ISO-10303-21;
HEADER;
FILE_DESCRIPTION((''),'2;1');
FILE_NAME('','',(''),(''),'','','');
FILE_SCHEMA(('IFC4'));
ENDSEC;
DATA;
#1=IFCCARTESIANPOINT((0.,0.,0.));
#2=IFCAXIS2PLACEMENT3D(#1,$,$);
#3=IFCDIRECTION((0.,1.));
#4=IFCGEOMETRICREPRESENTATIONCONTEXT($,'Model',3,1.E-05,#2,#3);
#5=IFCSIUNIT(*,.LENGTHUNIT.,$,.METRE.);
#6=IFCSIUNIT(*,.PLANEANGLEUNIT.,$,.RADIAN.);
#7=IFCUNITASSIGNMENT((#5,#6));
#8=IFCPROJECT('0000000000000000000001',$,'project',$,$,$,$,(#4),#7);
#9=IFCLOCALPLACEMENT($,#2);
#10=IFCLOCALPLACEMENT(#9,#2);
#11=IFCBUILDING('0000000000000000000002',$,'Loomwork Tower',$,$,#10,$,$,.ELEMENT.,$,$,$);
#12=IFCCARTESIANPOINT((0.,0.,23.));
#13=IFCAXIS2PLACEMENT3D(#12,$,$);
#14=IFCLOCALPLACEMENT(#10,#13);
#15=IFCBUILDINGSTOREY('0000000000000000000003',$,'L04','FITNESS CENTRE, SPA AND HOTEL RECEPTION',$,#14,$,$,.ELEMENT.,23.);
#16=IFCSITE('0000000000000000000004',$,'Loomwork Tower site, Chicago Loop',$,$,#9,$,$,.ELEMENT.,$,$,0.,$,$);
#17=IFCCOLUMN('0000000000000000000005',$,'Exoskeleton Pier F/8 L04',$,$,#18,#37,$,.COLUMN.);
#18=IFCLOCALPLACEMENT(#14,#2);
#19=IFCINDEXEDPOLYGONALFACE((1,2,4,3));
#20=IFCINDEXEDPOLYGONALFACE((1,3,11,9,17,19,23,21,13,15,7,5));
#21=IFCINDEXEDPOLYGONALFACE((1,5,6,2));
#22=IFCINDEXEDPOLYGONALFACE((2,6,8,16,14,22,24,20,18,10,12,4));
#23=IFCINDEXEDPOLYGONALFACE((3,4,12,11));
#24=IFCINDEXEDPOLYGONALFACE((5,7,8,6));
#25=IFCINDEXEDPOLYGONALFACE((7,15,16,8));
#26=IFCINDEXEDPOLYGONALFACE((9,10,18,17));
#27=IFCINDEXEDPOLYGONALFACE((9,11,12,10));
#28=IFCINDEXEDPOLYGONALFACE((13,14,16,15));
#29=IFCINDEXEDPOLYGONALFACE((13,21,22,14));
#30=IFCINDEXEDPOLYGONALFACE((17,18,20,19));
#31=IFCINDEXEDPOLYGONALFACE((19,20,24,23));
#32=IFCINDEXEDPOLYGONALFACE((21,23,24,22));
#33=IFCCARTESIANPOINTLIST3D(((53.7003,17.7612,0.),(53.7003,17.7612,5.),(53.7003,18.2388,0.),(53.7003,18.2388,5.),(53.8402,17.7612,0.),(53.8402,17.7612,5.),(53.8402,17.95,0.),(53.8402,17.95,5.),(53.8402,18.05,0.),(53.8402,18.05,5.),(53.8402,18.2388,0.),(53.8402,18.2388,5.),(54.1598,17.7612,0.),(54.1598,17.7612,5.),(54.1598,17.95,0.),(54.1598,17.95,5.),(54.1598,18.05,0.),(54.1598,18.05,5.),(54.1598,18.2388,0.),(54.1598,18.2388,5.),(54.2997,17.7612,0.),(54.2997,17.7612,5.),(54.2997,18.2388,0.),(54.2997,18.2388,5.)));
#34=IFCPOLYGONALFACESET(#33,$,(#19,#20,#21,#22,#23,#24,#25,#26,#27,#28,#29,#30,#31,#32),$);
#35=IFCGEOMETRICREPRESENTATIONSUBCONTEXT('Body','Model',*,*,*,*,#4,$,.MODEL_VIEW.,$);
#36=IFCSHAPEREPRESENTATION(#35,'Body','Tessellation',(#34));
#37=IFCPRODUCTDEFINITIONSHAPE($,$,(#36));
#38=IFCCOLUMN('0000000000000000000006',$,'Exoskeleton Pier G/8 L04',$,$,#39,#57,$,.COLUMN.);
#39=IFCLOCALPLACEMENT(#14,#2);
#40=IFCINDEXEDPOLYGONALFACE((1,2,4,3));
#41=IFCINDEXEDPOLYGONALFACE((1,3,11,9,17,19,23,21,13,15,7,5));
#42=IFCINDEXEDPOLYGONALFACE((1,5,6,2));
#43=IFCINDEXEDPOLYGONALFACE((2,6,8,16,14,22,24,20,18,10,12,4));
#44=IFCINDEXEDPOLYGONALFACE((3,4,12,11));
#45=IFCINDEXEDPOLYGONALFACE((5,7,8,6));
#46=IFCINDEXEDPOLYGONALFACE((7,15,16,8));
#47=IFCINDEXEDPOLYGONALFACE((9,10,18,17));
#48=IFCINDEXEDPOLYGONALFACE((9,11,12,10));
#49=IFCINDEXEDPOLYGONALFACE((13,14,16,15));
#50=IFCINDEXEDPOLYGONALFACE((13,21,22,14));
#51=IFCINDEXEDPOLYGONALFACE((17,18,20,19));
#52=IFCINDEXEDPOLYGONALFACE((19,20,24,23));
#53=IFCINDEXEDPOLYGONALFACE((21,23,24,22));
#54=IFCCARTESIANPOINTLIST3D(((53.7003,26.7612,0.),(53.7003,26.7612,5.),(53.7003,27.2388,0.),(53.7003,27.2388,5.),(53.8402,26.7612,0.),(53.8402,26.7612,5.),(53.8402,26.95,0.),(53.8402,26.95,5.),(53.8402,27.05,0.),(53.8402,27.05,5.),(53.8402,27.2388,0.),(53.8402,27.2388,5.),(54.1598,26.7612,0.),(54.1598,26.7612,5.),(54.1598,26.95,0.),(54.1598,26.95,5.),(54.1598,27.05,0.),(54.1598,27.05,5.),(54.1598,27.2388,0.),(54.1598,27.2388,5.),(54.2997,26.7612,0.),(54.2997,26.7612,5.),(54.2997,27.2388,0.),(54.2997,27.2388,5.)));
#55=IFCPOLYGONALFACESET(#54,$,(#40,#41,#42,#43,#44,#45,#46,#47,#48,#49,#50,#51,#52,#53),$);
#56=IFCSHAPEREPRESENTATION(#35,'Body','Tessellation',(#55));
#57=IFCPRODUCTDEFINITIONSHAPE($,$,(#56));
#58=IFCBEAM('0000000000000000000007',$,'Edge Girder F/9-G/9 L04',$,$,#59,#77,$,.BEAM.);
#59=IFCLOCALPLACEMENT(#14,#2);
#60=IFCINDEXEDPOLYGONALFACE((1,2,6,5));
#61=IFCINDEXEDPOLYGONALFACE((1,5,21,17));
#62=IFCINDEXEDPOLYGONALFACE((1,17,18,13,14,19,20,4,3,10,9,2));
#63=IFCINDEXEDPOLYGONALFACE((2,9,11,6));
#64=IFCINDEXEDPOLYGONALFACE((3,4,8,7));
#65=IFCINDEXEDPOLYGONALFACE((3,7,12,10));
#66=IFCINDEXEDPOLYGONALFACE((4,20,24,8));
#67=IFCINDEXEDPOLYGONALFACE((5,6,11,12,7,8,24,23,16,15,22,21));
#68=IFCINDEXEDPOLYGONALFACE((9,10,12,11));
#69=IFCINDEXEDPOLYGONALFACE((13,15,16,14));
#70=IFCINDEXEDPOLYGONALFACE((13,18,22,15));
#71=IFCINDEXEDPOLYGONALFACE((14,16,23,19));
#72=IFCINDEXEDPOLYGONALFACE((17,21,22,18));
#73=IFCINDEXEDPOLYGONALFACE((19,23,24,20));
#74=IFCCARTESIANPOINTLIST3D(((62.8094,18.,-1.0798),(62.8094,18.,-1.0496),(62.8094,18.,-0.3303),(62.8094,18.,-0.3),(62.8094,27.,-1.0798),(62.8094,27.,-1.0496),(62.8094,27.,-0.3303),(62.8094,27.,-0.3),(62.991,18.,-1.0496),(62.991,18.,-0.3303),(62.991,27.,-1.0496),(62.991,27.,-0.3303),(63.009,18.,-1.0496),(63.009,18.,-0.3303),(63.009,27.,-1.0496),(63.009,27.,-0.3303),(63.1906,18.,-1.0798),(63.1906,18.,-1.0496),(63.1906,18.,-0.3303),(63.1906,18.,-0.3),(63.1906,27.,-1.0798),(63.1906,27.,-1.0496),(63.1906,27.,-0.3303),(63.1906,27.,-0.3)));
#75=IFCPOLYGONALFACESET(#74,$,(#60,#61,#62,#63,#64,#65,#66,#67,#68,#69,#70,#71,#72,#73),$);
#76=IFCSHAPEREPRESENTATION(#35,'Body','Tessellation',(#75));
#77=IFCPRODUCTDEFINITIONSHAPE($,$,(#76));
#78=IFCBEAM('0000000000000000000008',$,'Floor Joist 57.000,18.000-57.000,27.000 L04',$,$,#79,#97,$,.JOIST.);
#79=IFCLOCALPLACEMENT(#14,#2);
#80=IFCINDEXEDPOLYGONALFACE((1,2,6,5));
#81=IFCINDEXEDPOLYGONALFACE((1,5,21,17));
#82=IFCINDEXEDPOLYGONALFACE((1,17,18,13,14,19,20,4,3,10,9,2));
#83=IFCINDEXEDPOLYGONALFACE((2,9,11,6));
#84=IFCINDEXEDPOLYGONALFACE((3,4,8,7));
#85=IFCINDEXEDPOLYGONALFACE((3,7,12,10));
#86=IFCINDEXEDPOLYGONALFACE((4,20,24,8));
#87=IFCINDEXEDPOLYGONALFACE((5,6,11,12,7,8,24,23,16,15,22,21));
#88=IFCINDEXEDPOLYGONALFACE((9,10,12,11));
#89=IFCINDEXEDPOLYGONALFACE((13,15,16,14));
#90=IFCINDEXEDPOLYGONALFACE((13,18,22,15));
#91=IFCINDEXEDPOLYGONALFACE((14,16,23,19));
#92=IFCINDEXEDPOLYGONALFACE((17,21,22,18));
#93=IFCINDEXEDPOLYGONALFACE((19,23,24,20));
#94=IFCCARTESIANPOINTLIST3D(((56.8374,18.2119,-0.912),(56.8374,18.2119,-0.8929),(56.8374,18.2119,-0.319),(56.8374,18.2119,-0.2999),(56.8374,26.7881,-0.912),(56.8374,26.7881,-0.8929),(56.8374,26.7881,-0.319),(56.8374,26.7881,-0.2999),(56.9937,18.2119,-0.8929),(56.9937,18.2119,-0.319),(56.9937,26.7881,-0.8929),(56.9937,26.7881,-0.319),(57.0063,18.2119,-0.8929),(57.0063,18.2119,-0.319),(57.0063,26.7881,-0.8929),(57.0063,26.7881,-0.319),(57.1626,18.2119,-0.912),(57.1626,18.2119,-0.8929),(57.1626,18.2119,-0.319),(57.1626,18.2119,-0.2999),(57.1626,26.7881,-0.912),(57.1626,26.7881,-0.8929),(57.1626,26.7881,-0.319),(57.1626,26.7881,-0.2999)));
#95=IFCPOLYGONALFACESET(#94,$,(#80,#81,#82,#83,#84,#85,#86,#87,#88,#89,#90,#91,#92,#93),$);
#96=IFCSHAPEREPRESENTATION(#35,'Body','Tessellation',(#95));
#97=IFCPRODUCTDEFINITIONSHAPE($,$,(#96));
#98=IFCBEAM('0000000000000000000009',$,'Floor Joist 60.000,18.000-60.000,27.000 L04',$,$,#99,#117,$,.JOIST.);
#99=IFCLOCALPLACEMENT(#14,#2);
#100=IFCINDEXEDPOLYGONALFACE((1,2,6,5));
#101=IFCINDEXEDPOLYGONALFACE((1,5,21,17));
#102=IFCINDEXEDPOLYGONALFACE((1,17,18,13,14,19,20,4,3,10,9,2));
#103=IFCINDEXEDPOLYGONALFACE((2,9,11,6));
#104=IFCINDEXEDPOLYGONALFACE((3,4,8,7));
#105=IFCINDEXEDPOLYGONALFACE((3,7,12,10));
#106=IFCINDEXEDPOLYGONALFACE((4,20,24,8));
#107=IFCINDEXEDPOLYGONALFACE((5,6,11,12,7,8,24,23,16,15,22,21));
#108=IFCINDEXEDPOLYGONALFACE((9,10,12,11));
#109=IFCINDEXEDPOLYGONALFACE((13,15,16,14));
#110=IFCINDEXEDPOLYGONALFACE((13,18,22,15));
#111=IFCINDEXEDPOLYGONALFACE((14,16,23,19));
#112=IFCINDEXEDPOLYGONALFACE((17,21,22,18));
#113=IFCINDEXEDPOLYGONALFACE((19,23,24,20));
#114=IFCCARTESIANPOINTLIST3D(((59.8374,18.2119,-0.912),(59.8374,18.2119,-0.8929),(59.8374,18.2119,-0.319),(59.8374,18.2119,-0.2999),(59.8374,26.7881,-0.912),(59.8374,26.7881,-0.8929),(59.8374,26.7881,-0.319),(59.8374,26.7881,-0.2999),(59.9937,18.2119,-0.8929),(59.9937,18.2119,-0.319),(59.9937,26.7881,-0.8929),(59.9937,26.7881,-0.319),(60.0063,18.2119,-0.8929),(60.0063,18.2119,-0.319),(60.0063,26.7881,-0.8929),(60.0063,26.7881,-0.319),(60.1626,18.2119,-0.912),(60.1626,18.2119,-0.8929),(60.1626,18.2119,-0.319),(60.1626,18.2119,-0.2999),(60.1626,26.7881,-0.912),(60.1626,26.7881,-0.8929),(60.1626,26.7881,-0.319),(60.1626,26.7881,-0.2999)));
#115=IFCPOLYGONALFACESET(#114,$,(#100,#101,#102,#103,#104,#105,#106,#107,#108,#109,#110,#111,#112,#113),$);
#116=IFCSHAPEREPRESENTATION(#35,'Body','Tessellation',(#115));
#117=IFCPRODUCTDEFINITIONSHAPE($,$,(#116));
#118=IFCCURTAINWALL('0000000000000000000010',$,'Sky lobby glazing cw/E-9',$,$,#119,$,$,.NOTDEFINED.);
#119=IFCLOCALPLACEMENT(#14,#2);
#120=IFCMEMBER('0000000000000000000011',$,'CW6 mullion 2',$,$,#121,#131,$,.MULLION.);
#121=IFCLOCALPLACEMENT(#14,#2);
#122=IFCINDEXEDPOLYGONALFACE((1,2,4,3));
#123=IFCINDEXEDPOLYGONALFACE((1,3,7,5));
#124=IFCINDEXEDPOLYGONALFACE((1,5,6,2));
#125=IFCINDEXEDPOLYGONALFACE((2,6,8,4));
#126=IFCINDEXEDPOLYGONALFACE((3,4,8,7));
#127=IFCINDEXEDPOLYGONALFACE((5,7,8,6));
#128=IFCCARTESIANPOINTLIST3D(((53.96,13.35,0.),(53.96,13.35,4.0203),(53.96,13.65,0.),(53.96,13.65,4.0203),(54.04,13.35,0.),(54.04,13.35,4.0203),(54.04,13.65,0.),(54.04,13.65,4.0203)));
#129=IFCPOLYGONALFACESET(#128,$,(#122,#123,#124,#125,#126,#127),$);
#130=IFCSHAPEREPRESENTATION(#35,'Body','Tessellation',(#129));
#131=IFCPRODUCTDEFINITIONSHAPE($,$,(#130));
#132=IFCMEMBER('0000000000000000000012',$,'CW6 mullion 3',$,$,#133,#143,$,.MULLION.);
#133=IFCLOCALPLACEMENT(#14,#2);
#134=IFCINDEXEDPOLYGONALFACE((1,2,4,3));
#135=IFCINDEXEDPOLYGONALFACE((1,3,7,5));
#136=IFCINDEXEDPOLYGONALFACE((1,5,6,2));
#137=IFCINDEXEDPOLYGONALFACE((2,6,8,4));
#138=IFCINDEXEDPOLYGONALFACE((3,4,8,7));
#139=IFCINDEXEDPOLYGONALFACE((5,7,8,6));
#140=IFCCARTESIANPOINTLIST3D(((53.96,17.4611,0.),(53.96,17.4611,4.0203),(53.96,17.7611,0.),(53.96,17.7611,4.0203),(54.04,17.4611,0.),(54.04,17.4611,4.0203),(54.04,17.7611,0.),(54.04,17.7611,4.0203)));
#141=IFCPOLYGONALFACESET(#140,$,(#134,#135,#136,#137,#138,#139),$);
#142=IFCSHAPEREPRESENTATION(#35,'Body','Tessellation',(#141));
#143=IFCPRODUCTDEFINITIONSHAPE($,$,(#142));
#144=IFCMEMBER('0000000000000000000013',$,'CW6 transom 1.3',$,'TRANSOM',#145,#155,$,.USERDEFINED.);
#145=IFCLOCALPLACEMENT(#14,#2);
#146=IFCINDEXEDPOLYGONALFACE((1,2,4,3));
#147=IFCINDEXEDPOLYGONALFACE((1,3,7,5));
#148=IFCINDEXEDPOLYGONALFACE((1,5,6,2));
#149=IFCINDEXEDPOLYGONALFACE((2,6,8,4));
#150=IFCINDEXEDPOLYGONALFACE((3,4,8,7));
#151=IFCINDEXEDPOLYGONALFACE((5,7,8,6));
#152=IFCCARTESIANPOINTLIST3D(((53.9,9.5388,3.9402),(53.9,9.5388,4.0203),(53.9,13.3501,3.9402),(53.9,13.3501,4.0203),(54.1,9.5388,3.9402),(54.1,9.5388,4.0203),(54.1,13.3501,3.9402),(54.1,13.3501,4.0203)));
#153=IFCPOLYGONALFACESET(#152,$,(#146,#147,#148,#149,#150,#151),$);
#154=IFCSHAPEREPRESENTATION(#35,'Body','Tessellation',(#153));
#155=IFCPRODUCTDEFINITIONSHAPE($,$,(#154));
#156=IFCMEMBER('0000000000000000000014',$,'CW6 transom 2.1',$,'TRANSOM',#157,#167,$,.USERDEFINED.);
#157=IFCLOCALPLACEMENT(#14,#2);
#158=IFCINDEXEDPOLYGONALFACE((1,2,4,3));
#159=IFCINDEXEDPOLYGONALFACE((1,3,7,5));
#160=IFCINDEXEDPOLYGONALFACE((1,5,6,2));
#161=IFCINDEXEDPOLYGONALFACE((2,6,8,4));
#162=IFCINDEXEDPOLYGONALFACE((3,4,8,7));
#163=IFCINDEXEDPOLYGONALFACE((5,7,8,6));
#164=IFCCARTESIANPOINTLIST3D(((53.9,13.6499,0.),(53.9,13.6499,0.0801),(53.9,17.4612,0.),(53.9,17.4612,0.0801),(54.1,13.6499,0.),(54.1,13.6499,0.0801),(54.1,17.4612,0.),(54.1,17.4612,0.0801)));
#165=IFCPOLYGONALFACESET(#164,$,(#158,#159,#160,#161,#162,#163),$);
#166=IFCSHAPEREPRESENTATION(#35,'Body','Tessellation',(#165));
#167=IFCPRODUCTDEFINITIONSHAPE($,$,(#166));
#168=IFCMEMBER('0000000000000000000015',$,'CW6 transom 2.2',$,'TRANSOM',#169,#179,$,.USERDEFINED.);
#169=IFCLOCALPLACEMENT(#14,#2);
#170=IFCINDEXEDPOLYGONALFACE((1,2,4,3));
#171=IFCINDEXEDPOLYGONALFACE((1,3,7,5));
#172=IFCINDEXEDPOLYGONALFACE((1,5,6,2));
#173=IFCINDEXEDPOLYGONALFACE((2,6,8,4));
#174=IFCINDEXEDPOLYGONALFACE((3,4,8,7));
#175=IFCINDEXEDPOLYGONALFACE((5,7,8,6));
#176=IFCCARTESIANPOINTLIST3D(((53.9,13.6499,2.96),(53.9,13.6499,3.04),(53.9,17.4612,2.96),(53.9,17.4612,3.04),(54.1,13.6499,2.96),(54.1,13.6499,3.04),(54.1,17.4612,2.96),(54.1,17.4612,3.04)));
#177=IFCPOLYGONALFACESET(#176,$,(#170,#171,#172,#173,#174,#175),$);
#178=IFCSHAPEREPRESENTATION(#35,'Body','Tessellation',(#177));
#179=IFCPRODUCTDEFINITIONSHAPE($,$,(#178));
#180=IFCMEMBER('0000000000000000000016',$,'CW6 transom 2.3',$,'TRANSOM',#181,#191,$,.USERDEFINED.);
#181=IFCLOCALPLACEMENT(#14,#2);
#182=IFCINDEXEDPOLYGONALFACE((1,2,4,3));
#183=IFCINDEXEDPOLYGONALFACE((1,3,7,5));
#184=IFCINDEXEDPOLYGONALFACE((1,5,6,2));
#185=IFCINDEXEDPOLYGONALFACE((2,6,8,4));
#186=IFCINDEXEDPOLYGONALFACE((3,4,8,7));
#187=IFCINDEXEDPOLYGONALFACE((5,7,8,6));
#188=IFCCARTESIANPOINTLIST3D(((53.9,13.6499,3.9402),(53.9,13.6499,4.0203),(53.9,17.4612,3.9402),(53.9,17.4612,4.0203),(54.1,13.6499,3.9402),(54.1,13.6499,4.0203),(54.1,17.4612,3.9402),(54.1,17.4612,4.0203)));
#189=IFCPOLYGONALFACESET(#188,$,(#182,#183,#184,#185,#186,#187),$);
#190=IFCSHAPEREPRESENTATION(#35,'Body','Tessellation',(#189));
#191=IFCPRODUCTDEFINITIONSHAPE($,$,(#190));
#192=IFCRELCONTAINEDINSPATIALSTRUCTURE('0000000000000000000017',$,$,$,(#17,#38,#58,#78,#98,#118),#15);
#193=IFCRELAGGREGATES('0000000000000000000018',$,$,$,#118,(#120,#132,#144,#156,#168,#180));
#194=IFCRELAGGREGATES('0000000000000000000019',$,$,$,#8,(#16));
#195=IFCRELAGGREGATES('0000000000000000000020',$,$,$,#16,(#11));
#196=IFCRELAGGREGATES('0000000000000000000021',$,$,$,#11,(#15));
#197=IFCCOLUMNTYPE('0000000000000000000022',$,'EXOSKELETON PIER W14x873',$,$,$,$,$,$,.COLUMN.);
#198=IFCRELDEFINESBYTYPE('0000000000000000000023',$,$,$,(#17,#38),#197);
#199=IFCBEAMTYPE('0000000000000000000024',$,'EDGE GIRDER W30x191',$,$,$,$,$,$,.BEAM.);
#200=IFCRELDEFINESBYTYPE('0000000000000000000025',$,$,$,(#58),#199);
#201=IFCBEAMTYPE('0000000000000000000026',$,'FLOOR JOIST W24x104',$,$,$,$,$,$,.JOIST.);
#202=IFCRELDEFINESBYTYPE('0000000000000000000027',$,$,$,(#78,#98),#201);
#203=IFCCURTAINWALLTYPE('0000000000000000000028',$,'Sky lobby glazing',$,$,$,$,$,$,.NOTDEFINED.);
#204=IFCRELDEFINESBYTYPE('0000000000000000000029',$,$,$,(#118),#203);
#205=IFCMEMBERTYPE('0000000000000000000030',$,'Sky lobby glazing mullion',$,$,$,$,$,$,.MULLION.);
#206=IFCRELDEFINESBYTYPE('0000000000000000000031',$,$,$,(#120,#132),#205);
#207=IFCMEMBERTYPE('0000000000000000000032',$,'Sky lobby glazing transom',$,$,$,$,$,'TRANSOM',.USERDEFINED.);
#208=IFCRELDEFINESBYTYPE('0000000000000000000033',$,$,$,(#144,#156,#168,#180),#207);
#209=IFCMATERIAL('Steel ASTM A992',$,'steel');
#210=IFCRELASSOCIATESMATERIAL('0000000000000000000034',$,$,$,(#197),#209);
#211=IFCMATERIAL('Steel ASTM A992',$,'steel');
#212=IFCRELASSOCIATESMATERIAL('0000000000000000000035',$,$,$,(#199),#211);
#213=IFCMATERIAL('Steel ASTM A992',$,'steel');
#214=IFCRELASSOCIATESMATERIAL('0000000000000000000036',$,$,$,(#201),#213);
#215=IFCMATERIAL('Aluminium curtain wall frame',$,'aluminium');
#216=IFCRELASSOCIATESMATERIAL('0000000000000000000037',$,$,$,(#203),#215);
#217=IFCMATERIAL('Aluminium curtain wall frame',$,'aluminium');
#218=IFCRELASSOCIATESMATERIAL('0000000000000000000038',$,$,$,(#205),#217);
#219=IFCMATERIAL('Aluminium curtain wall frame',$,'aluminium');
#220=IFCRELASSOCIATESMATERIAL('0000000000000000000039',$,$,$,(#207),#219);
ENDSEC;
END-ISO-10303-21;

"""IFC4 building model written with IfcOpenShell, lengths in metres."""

from ifc_helpers import new_model, si_unit, direction, frame, origin, origin_2d, place, context, subcontext, project, spatial, rectangle, i_section, extrude, material, material_profile, profile_set, type_object, element, aggregate, save


model = new_model("IFC4")

# Units and contexts
model_context = context("Model", 3, precision=1e-05, world=origin(), true_north=direction((0.0, 1.0)))
body_context = subcontext(model_context, "Body", "Model", "MODEL_VIEW")
ifc_project = project(units=[si_unit("LENGTHUNIT", "METRE"), si_unit("PLANEANGLEUNIT", "RADIAN")], contexts=[model_context])

# Site, building, storey
site_placement = place(None, origin())
site = spatial("IfcSite", under=ifc_project, at=site_placement, Name="Loomwork Tower site, Chicago Loop", CompositionType="ELEMENT", RefElevation=0.0)
building_placement = place(site_placement, origin())
building = spatial("IfcBuilding", under=site, at=building_placement, Name="Loomwork Tower", CompositionType="ELEMENT")
storey_placement = place(building_placement, frame((0.0, 0.0, 23.0)))
storey = spatial("IfcBuildingStorey", under=building, at=storey_placement, Name="L04", Description="FITNESS CENTRE, SPA AND HOTEL RECEPTION", CompositionType="ELEMENT", Elevation=23.0)

# Columns
ifc_material_1 = material(Name="Steel ASTM A992", Category="steel")
ifc_material_profile_1 = material_profile(ifc_material_1, i_section(OverallWidth=0.4775, OverallDepth=0.5994, WebThickness=0.1001, FlangeThickness=0.1399, at=origin_2d()), Name="W14x873")
ifc_profile_set_1 = profile_set([ifc_material_profile_1], Name="Steel ASTM A992")
column_type = type_object("IfcColumnType", Name="EXOSKELETON PIER W14x873", PredefinedType="COLUMN", material=ifc_profile_set_1)
for number, where, z_axis, x_axis, name in (
    (1, (54.0, 18.0, 0.0), (0.0, 0.0, 1.0), (0.0, 1.0, 0.0), "Exoskeleton Pier F/8 L04"),
    (2, (54.0, 27.0, 0.0), (0.0, 0.0, 1.0), (0.0, 1.0, 0.0), "Exoskeleton Pier G/8 L04"),
):
    element("IfcColumn", number, at=place(storey_placement, frame(where, z_axis=z_axis, x_axis=x_axis)), inside=storey, type_object=column_type, Name=name, PredefinedType="COLUMN", context=body_context, shape_type="SweptSolid", body=[
        extrude(i_section(OverallWidth=0.4775, OverallDepth=0.5994, WebThickness=0.1001, FlangeThickness=0.1399, at=origin_2d()), origin(), (0.0, 0.0, 1.0), 5.0),
    ])

# Beams
ifc_material_2 = material(Name="Steel ASTM A992", Category="steel")
ifc_material_profile_2 = material_profile(ifc_material_2, i_section(OverallWidth=0.3811, OverallDepth=0.7798, WebThickness=0.0181, FlangeThickness=0.0303, at=origin_2d()), Name="W30x191")
ifc_profile_set_2 = profile_set([ifc_material_profile_2], Name="Steel ASTM A992")
beam_type_1 = type_object("IfcBeamType", Name="EDGE GIRDER W30x191", PredefinedType="BEAM", material=ifc_profile_set_2)
beam_placement = place(storey_placement, frame((63.0, 18.0, -0.6899), z_axis=(0.0, 1.0, 0.0), x_axis=(-1.0, 0.0, 0.0)))
element("IfcBeam", 3, at=beam_placement, inside=storey, type_object=beam_type_1, Name="Edge Girder F/9-G/9 L04", PredefinedType="BEAM", context=body_context, shape_type="SweptSolid", body=[
    extrude(i_section(OverallWidth=0.3811, OverallDepth=0.7798, WebThickness=0.0181, FlangeThickness=0.0303, at=origin_2d()), origin(), (0.0, 0.0, 1.0), 9.0),
])
ifc_material_3 = material(Name="Steel ASTM A992", Category="steel")
ifc_material_profile_3 = material_profile(ifc_material_3, i_section(OverallWidth=0.3252, OverallDepth=0.6121, WebThickness=0.0127, FlangeThickness=0.019, at=origin_2d()), Name="W24x104")
ifc_profile_set_3 = profile_set([ifc_material_profile_3], Name="Steel ASTM A992")
beam_type_2 = type_object("IfcBeamType", Name="FLOOR JOIST W24x104", PredefinedType="JOIST", material=ifc_profile_set_3)
for number, where, z_axis, x_axis, name in (
    (4, (57.0, 18.2119, -0.606), (0.0, 1.0, 0.0), (-1.0, 0.0, 0.0), "Floor Joist 57.000,18.000-57.000,27.000 L04"),
    (5, (60.0, 18.2119, -0.606), (0.0, 1.0, 0.0), (-1.0, 0.0, 0.0), "Floor Joist 60.000,18.000-60.000,27.000 L04"),
):
    element("IfcBeam", number, at=place(storey_placement, frame(where, z_axis=z_axis, x_axis=x_axis)), inside=storey, type_object=beam_type_2, Name=name, PredefinedType="JOIST", context=body_context, shape_type="SweptSolid", body=[
        extrude(i_section(OverallWidth=0.3252, OverallDepth=0.6121, WebThickness=0.0127, FlangeThickness=0.019, at=origin_2d()), origin(), (0.0, 0.0, 1.0), 8.5762),
    ])

# Curtain wall, members
ifc_material_4 = material(Name="Aluminium curtain wall frame", Category="aluminium")
curtain_wall_type = type_object("IfcCurtainWallType", Name="Sky lobby glazing", PredefinedType="NOTDEFINED", material=ifc_material_4)
curtain_wall_placement = place(storey_placement, origin())
curtain_wall = element("IfcCurtainWall", 6, at=curtain_wall_placement, inside=storey, type_object=curtain_wall_type, Name="Sky lobby glazing cw/E-9", PredefinedType="NOTDEFINED")
ifc_material_5 = material(Name="Aluminium curtain wall frame", Category="aluminium")
ifc_material_profile_4 = material_profile(ifc_material_5, rectangle(XDim=0.0801, YDim=0.3, at=origin_2d()), Name="AL 80x300")
ifc_profile_set_4 = profile_set([ifc_material_profile_4], Name="Aluminium curtain wall frame")
member_type_1 = type_object("IfcMemberType", Name="Sky lobby glazing mullion", PredefinedType="MULLION", material=ifc_profile_set_4)
member_1_placement = place(storey_placement, frame((54.0, 13.5, 0.0), z_axis=(0.0, 0.0, 1.0), x_axis=(-1.0, 0.0, 0.0)))
member_1 = element("IfcMember", 7, at=member_1_placement, type_object=member_type_1, Name="CW6 mullion 2", PredefinedType="MULLION", context=body_context, shape_type="SweptSolid", body=[
    extrude(rectangle(XDim=0.0801, YDim=0.3, at=origin_2d()), origin(), (0.0, 0.0, 1.0), 4.0203),
])
member_2_placement = place(storey_placement, frame((54.0, 17.6111, 0.0), z_axis=(0.0, 0.0, 1.0), x_axis=(-1.0, 0.0, 0.0)))
member_2 = element("IfcMember", 8, at=member_2_placement, type_object=member_type_1, Name="CW6 mullion 3", PredefinedType="MULLION", context=body_context, shape_type="SweptSolid", body=[
    extrude(rectangle(XDim=0.0801, YDim=0.3, at=origin_2d()), origin(), (0.0, 0.0, 1.0), 4.0203),
])
ifc_material_6 = material(Name="Aluminium curtain wall frame", Category="aluminium")
ifc_material_profile_5 = material_profile(ifc_material_6, rectangle(XDim=0.2, YDim=0.0801, at=origin_2d()), Name="AL 80x200")
ifc_profile_set_5 = profile_set([ifc_material_profile_5], Name="Aluminium curtain wall frame")
member_type_2 = type_object("IfcMemberType", Name="Sky lobby glazing transom", ElementType="TRANSOM", PredefinedType="USERDEFINED", material=ifc_profile_set_5)
member_3_placement = place(storey_placement, frame((54.0, 9.5388, 3.9802), z_axis=(0.0, 1.0, 0.0), x_axis=(-1.0, 0.0, 0.0)))
member_3 = element("IfcMember", 9, at=member_3_placement, type_object=member_type_2, Name="CW6 transom 1.3", ObjectType="TRANSOM", PredefinedType="USERDEFINED", context=body_context, shape_type="SweptSolid", body=[
    extrude(rectangle(XDim=0.2, YDim=0.0801, at=origin_2d()), origin(), (0.0, 0.0, 1.0), 3.8113),
])
member_4_placement = place(storey_placement, frame((54.0, 13.6499, 0.04), z_axis=(0.0, 1.0, 0.0), x_axis=(-1.0, 0.0, 0.0)))
member_4 = element("IfcMember", 10, at=member_4_placement, type_object=member_type_2, Name="CW6 transom 2.1", ObjectType="TRANSOM", PredefinedType="USERDEFINED", context=body_context, shape_type="SweptSolid", body=[
    extrude(rectangle(XDim=0.2, YDim=0.0801, at=origin_2d()), origin(), (0.0, 0.0, 1.0), 3.8113),
])
member_5_placement = place(storey_placement, frame((54.0, 13.6499, 3.0), z_axis=(0.0, 1.0, 0.0), x_axis=(-1.0, 0.0, 0.0)))
member_5 = element("IfcMember", 11, at=member_5_placement, type_object=member_type_2, Name="CW6 transom 2.2", ObjectType="TRANSOM", PredefinedType="USERDEFINED", context=body_context, shape_type="SweptSolid", body=[
    extrude(rectangle(XDim=0.2, YDim=0.0801, at=origin_2d()), origin(), (0.0, 0.0, 1.0), 3.8113),
])
member_6_placement = place(storey_placement, frame((54.0, 13.6499, 3.9802), z_axis=(0.0, 1.0, 0.0), x_axis=(-1.0, 0.0, 0.0)))
member_6 = element("IfcMember", 12, at=member_6_placement, type_object=member_type_2, Name="CW6 transom 2.3", ObjectType="TRANSOM", PredefinedType="USERDEFINED", context=body_context, shape_type="SweptSolid", body=[
    extrude(rectangle(XDim=0.2, YDim=0.0801, at=origin_2d()), origin(), (0.0, 0.0, 1.0), 3.8113),
])

aggregate(curtain_wall, [member_1, member_2, member_3, member_4, member_5, member_6])

save(model, "model.ifc")
